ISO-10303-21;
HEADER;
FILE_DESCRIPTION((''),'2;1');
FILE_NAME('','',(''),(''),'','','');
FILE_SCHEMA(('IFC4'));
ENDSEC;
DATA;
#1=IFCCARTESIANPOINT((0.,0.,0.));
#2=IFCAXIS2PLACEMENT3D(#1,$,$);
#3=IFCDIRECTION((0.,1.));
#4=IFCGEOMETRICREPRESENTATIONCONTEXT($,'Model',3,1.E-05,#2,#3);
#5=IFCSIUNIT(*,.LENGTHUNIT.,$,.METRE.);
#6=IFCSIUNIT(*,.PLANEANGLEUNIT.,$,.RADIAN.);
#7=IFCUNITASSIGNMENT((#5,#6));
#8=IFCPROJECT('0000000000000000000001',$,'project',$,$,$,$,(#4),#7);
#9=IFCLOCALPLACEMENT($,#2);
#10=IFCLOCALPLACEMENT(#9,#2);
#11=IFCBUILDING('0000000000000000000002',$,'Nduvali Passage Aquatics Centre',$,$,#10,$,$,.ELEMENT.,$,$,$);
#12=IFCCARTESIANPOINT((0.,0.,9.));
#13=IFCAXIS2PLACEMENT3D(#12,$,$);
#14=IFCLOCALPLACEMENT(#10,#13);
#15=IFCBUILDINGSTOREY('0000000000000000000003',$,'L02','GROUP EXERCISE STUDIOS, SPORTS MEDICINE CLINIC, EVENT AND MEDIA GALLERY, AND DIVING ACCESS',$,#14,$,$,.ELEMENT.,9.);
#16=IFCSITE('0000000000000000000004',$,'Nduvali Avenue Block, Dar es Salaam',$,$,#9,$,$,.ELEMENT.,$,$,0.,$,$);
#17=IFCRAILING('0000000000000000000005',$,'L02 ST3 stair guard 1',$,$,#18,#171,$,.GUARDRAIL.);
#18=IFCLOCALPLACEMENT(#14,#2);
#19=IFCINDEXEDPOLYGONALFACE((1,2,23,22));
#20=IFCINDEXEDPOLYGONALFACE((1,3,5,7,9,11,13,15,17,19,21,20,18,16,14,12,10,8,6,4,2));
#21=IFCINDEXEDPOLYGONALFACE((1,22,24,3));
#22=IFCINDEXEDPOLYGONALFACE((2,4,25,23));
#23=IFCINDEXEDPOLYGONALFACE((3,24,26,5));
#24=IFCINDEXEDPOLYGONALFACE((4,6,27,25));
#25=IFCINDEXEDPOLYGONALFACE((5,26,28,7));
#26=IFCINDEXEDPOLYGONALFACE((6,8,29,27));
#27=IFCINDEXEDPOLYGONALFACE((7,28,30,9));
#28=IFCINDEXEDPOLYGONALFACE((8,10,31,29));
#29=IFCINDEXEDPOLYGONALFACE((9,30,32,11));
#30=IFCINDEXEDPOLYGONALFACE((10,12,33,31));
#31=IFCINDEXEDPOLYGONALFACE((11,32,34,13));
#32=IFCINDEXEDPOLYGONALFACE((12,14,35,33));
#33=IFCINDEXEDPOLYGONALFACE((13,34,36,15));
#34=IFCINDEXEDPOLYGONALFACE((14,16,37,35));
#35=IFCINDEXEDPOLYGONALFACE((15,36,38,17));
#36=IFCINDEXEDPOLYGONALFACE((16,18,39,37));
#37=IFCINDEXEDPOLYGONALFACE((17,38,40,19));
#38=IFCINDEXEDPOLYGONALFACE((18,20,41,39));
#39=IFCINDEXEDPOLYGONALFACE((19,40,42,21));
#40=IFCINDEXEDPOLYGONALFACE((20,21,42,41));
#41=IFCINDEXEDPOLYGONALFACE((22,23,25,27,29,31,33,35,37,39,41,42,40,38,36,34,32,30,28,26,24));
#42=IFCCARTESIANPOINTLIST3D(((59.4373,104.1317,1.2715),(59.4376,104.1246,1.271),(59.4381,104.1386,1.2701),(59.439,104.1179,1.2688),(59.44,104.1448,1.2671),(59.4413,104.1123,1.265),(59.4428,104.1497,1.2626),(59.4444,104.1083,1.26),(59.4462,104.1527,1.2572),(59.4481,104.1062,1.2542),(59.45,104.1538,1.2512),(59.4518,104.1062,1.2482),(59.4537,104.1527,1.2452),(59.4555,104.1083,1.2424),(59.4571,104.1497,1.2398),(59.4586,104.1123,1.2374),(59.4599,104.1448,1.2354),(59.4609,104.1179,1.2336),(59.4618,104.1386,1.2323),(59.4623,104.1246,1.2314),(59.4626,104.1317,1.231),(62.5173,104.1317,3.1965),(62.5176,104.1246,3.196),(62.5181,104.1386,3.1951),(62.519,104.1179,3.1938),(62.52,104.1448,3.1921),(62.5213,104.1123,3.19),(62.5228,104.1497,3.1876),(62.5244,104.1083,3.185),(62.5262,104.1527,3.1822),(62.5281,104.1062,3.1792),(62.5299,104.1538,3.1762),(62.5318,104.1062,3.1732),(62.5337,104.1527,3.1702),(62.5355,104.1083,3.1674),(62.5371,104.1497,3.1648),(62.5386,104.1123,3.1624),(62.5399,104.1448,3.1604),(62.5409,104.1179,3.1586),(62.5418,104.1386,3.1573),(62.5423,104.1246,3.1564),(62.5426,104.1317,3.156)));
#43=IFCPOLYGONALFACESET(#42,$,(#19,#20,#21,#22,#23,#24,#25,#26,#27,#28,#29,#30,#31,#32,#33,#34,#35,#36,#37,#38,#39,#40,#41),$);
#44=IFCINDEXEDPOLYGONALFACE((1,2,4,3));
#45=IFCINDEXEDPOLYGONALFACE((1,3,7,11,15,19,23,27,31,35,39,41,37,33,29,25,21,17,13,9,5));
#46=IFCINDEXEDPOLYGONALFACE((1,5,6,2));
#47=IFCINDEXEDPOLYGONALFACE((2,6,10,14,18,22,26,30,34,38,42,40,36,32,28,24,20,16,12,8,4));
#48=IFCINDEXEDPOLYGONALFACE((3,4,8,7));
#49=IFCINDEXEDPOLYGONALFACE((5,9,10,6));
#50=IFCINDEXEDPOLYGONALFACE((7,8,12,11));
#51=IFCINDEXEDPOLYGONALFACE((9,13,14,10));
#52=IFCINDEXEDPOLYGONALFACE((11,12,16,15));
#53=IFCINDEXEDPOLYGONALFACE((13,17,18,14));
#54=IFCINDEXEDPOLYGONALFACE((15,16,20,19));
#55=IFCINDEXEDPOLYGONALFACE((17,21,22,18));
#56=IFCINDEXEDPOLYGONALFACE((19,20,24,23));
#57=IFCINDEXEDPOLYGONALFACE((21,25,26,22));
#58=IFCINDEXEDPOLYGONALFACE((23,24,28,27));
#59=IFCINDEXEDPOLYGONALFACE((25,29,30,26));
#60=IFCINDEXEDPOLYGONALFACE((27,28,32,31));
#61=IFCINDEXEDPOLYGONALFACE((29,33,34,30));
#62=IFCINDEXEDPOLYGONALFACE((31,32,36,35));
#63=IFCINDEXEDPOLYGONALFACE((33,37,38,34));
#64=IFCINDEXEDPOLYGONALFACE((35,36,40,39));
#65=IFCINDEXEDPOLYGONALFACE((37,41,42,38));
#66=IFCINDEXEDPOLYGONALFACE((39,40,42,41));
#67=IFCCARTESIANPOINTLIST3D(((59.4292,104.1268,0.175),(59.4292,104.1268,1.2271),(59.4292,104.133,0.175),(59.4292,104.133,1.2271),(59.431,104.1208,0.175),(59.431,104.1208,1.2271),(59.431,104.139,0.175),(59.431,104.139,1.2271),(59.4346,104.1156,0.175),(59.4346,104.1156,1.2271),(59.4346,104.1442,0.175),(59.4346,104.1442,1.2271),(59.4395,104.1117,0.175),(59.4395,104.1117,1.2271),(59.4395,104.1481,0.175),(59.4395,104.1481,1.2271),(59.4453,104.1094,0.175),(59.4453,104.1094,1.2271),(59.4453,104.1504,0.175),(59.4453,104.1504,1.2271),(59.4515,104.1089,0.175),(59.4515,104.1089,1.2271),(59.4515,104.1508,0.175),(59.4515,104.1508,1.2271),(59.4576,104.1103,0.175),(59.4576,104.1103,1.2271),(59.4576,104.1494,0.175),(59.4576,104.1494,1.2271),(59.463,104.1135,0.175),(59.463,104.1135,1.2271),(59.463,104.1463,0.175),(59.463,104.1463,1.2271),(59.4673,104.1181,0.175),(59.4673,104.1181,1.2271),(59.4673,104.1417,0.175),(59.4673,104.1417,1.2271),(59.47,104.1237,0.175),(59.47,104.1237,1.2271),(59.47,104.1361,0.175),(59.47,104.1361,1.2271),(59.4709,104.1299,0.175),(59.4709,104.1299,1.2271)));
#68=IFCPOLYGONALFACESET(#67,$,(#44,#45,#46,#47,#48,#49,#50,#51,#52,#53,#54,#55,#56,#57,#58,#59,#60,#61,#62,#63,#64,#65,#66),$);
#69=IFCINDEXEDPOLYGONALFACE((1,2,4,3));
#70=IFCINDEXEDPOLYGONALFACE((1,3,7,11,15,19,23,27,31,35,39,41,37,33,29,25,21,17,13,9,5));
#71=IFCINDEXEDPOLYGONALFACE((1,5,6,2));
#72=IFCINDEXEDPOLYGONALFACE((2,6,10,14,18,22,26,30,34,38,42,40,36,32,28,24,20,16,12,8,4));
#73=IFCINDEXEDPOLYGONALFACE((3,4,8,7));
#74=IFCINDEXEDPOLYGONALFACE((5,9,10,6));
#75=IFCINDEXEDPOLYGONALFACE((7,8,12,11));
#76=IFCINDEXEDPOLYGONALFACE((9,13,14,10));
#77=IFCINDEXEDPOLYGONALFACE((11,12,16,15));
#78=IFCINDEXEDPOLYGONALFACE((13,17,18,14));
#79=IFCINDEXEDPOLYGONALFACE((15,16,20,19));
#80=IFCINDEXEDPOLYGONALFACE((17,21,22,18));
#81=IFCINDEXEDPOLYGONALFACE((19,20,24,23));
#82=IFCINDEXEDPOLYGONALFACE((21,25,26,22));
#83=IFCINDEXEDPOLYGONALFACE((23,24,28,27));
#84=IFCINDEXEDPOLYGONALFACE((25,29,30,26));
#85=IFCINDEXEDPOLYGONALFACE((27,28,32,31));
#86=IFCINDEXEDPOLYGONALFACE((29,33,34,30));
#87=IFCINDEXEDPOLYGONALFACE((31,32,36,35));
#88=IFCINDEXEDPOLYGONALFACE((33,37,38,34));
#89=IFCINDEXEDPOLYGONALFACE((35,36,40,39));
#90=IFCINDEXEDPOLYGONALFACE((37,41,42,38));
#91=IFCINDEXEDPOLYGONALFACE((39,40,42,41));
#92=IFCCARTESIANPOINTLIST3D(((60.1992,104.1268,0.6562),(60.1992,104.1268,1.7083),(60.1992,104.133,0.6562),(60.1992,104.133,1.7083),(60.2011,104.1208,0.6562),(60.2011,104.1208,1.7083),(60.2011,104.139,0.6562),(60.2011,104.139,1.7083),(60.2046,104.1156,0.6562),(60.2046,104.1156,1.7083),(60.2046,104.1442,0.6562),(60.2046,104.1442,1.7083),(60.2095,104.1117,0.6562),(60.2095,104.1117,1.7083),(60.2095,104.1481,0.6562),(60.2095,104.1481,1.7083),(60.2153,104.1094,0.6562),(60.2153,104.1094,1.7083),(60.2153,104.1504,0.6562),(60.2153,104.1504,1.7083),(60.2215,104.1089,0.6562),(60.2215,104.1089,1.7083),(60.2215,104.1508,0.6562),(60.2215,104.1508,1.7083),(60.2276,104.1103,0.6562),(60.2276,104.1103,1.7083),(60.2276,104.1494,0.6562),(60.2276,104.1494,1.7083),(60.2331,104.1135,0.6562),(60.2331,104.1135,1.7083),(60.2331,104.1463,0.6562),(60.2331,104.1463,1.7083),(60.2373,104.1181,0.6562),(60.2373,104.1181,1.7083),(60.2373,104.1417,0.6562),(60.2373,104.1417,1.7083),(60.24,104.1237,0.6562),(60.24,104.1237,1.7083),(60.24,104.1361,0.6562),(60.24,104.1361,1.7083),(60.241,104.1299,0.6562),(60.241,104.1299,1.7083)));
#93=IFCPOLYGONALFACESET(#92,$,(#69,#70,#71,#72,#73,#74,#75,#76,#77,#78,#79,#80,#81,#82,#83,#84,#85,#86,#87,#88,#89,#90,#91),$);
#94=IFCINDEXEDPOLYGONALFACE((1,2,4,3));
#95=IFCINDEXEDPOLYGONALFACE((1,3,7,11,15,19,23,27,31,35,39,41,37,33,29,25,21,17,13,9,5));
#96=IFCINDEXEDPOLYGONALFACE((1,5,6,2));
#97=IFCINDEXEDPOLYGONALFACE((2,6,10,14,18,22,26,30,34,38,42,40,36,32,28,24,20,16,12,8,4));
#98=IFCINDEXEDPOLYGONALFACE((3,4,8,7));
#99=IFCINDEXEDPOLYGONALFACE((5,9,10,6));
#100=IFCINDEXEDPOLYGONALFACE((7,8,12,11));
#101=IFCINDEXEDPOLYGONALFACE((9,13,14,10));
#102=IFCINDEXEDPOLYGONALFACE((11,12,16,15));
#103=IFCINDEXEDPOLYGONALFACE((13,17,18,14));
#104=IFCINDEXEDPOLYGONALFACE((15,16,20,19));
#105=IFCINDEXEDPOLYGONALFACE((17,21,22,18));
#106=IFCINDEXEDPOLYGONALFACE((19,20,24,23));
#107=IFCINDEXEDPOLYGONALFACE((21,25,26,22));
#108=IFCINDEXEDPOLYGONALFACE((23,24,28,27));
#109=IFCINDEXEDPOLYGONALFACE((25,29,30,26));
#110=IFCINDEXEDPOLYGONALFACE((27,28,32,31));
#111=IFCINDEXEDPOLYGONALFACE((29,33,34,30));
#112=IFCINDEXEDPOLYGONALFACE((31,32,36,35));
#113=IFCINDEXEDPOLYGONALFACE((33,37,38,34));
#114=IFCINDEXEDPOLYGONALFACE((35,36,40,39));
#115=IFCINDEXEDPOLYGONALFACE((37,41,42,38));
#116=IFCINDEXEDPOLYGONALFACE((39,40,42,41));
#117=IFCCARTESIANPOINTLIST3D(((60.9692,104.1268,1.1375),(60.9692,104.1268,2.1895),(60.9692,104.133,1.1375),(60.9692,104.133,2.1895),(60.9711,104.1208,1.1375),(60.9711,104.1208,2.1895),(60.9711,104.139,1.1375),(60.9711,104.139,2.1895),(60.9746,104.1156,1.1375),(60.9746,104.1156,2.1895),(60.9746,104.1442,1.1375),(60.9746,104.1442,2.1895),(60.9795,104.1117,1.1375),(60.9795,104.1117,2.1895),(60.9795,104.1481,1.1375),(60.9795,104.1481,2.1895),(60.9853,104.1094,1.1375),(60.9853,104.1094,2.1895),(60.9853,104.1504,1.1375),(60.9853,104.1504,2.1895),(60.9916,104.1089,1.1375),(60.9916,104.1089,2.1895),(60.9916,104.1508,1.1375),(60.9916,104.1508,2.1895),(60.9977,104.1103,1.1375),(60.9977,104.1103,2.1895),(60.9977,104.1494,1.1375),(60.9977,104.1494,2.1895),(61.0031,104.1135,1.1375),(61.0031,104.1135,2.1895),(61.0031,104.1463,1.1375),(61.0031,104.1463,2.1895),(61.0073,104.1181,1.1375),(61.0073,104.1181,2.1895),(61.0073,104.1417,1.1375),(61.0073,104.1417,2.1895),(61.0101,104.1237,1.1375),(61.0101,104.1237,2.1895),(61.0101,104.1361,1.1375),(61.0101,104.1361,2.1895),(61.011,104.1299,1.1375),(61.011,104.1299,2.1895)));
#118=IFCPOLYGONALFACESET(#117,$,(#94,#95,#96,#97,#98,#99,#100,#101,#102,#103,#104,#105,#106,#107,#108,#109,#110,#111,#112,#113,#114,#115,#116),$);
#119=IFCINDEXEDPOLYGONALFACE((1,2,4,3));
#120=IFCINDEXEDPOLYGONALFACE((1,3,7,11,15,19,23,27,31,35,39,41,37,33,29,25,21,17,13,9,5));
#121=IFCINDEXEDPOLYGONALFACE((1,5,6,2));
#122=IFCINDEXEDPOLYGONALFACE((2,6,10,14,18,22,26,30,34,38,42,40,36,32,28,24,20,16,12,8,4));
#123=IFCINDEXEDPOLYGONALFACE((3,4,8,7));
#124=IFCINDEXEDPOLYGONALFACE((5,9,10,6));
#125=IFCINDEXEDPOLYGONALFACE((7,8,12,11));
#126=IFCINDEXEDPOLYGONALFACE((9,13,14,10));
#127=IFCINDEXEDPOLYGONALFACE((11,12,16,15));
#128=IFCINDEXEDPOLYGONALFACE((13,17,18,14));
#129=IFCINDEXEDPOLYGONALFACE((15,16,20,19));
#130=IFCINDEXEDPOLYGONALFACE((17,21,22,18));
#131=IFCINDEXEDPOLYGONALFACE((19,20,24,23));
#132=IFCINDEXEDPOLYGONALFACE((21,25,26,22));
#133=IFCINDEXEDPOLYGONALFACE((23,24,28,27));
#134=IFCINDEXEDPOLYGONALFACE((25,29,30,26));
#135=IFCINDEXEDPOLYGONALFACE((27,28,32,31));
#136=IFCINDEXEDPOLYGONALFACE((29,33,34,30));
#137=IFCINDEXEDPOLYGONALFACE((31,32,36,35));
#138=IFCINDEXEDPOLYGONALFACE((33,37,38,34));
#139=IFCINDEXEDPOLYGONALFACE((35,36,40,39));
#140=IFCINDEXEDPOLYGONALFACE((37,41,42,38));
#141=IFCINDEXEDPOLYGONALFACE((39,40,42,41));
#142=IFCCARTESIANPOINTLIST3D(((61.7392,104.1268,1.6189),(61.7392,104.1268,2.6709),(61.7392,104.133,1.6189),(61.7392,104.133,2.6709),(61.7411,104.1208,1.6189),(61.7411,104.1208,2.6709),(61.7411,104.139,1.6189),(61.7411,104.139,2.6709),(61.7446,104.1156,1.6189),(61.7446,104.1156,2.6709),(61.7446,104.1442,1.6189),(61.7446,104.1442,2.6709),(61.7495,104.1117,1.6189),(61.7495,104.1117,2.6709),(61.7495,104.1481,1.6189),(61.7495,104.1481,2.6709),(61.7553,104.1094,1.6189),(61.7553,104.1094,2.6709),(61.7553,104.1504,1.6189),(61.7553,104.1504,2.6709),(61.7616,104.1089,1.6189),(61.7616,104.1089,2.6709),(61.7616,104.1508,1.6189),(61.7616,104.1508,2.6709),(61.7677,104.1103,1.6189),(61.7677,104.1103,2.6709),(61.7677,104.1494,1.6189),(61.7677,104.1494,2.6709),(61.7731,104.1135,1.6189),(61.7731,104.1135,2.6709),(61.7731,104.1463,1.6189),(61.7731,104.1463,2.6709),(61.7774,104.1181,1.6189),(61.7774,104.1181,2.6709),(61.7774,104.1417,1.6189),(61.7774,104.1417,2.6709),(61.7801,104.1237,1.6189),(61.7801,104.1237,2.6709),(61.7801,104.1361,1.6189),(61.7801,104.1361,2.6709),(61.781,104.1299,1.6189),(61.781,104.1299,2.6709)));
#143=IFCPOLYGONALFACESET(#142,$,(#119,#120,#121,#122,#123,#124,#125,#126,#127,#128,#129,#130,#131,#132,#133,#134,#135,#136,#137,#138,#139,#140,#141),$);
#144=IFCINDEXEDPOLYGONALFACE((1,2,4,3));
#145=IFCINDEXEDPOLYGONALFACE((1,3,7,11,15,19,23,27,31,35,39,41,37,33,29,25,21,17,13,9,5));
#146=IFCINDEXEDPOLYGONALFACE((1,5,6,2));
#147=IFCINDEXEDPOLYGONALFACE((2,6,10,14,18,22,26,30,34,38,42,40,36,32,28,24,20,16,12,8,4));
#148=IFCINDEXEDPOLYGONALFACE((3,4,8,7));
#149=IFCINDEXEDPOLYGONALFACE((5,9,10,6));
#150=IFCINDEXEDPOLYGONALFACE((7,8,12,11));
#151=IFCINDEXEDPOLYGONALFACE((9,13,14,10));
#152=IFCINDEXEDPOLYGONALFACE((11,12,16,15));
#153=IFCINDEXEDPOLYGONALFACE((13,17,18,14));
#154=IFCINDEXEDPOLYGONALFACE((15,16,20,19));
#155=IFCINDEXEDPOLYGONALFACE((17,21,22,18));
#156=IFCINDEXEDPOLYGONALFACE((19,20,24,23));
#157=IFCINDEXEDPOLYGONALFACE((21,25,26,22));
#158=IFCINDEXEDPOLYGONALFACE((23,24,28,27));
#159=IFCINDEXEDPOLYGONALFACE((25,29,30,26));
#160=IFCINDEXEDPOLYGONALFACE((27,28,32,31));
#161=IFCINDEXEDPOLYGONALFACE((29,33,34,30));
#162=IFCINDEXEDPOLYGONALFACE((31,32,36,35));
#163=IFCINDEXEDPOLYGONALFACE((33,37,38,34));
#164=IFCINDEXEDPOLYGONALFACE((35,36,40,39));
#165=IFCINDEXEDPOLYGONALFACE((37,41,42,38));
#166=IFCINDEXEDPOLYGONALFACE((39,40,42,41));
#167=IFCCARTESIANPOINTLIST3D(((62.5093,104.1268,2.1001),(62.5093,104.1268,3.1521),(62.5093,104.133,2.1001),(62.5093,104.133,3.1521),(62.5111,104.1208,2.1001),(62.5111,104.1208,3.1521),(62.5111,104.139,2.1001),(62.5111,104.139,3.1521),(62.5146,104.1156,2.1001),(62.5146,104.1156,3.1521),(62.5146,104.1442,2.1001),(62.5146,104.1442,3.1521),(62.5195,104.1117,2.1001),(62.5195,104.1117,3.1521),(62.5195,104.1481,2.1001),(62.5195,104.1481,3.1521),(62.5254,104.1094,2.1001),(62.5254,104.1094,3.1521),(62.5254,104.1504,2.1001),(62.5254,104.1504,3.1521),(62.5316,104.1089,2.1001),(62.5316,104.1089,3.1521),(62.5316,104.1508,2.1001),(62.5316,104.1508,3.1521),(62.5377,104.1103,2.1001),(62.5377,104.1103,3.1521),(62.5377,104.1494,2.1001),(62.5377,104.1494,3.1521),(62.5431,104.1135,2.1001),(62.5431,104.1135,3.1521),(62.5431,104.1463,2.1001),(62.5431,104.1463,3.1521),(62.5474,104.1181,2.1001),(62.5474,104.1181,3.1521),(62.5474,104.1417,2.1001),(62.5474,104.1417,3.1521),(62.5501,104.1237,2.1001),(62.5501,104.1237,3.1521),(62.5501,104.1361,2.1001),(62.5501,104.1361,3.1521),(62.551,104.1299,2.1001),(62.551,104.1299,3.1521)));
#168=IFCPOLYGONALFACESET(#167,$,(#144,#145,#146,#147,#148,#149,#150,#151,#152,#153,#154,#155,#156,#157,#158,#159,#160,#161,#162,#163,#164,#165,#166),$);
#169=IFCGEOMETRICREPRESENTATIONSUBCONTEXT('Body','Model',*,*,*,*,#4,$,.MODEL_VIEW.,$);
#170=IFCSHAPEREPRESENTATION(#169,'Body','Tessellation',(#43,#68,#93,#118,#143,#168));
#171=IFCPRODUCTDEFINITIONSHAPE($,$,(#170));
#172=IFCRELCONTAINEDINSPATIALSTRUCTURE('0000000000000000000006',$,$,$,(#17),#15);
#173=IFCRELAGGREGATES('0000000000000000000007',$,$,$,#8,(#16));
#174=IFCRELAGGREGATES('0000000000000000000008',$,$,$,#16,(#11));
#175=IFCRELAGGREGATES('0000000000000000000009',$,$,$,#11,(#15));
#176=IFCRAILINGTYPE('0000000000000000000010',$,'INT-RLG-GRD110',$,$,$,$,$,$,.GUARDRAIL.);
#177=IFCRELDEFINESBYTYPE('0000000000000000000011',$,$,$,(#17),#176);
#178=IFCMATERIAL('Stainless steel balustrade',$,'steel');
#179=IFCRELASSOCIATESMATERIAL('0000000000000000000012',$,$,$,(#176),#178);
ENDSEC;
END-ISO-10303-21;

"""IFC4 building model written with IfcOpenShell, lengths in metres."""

from ifc_helpers import new_model, si_unit, direction, frame, origin, origin_2d, place, context, subcontext, project, spatial, circle, extrude, material, type_object, element, save


model = new_model("IFC4")

# Units and contexts
model_context = context("Model", 3, precision=1e-05, world=origin(), true_north=direction((0.0, 1.0)))
body_context = subcontext(model_context, "Body", "Model", "MODEL_VIEW")
ifc_project = project(units=[si_unit("LENGTHUNIT", "METRE"), si_unit("PLANEANGLEUNIT", "RADIAN")], contexts=[model_context])

# Site, building, storey
site_placement = place(None, origin())
site = spatial("IfcSite", under=ifc_project, at=site_placement, Name="Nduvali Avenue Block, Dar es Salaam", CompositionType="ELEMENT", RefElevation=0.0)
building_placement = place(site_placement, origin())
building = spatial("IfcBuilding", under=site, at=building_placement, Name="Nduvali Passage Aquatics Centre", CompositionType="ELEMENT")
storey_placement = place(building_placement, frame((0.0, 0.0, 9.0)))
storey = spatial("IfcBuildingStorey", under=building, at=storey_placement, Name="L02", Description="GROUP EXERCISE STUDIOS, SPORTS MEDICINE CLINIC, EVENT AND MEDIA GALLERY, AND DIVING ACCESS", CompositionType="ELEMENT", Elevation=9.0)

# Railing
ifc_material_1 = material(Name="Stainless steel balustrade", Category="steel")
railing_type_1 = type_object("IfcRailingType", Name="INT-RLG-GRD110", PredefinedType="GUARDRAIL", material=ifc_material_1)
railing_1_placement = place(storey_placement, frame((59.45, 104.1299, 0.175)))
element("IfcRailing", 1, at=railing_1_placement, inside=storey, type_object=railing_type_1, Name="L02 ST3 stair guard 1", PredefinedType="GUARDRAIL", context=body_context, shape_type="SweptSolid", body=[
    extrude(circle(Radius=0.0239, at=origin_2d()), frame((0.0, 0.0, 1.0762), z_axis=(0.847998, 0.0, 0.529999), x_axis=(0.0, 1.0, 0.0)), (0.0, 0.0, 1.0), 3.6321),
    extrude(circle(Radius=0.021, at=origin_2d()), origin(), (0.0, 0.0, 1.0), 1.052),
    extrude(circle(Radius=0.021, at=origin_2d()), frame((0.77, 0.0, 0.4812)), (0.0, 0.0, 1.0), 1.052),
    extrude(circle(Radius=0.021, at=origin_2d()), frame((1.54, 0.0, 0.9624)), (0.0, 0.0, 1.0), 1.052),
    extrude(circle(Radius=0.021, at=origin_2d()), frame((2.3101, 0.0, 1.4438)), (0.0, 0.0, 1.0), 1.052),
    extrude(circle(Radius=0.021, at=origin_2d()), frame((3.0801, 0.0, 1.925)), (0.0, 0.0, 1.0), 1.052),
])

save(model, "model.ifc")
